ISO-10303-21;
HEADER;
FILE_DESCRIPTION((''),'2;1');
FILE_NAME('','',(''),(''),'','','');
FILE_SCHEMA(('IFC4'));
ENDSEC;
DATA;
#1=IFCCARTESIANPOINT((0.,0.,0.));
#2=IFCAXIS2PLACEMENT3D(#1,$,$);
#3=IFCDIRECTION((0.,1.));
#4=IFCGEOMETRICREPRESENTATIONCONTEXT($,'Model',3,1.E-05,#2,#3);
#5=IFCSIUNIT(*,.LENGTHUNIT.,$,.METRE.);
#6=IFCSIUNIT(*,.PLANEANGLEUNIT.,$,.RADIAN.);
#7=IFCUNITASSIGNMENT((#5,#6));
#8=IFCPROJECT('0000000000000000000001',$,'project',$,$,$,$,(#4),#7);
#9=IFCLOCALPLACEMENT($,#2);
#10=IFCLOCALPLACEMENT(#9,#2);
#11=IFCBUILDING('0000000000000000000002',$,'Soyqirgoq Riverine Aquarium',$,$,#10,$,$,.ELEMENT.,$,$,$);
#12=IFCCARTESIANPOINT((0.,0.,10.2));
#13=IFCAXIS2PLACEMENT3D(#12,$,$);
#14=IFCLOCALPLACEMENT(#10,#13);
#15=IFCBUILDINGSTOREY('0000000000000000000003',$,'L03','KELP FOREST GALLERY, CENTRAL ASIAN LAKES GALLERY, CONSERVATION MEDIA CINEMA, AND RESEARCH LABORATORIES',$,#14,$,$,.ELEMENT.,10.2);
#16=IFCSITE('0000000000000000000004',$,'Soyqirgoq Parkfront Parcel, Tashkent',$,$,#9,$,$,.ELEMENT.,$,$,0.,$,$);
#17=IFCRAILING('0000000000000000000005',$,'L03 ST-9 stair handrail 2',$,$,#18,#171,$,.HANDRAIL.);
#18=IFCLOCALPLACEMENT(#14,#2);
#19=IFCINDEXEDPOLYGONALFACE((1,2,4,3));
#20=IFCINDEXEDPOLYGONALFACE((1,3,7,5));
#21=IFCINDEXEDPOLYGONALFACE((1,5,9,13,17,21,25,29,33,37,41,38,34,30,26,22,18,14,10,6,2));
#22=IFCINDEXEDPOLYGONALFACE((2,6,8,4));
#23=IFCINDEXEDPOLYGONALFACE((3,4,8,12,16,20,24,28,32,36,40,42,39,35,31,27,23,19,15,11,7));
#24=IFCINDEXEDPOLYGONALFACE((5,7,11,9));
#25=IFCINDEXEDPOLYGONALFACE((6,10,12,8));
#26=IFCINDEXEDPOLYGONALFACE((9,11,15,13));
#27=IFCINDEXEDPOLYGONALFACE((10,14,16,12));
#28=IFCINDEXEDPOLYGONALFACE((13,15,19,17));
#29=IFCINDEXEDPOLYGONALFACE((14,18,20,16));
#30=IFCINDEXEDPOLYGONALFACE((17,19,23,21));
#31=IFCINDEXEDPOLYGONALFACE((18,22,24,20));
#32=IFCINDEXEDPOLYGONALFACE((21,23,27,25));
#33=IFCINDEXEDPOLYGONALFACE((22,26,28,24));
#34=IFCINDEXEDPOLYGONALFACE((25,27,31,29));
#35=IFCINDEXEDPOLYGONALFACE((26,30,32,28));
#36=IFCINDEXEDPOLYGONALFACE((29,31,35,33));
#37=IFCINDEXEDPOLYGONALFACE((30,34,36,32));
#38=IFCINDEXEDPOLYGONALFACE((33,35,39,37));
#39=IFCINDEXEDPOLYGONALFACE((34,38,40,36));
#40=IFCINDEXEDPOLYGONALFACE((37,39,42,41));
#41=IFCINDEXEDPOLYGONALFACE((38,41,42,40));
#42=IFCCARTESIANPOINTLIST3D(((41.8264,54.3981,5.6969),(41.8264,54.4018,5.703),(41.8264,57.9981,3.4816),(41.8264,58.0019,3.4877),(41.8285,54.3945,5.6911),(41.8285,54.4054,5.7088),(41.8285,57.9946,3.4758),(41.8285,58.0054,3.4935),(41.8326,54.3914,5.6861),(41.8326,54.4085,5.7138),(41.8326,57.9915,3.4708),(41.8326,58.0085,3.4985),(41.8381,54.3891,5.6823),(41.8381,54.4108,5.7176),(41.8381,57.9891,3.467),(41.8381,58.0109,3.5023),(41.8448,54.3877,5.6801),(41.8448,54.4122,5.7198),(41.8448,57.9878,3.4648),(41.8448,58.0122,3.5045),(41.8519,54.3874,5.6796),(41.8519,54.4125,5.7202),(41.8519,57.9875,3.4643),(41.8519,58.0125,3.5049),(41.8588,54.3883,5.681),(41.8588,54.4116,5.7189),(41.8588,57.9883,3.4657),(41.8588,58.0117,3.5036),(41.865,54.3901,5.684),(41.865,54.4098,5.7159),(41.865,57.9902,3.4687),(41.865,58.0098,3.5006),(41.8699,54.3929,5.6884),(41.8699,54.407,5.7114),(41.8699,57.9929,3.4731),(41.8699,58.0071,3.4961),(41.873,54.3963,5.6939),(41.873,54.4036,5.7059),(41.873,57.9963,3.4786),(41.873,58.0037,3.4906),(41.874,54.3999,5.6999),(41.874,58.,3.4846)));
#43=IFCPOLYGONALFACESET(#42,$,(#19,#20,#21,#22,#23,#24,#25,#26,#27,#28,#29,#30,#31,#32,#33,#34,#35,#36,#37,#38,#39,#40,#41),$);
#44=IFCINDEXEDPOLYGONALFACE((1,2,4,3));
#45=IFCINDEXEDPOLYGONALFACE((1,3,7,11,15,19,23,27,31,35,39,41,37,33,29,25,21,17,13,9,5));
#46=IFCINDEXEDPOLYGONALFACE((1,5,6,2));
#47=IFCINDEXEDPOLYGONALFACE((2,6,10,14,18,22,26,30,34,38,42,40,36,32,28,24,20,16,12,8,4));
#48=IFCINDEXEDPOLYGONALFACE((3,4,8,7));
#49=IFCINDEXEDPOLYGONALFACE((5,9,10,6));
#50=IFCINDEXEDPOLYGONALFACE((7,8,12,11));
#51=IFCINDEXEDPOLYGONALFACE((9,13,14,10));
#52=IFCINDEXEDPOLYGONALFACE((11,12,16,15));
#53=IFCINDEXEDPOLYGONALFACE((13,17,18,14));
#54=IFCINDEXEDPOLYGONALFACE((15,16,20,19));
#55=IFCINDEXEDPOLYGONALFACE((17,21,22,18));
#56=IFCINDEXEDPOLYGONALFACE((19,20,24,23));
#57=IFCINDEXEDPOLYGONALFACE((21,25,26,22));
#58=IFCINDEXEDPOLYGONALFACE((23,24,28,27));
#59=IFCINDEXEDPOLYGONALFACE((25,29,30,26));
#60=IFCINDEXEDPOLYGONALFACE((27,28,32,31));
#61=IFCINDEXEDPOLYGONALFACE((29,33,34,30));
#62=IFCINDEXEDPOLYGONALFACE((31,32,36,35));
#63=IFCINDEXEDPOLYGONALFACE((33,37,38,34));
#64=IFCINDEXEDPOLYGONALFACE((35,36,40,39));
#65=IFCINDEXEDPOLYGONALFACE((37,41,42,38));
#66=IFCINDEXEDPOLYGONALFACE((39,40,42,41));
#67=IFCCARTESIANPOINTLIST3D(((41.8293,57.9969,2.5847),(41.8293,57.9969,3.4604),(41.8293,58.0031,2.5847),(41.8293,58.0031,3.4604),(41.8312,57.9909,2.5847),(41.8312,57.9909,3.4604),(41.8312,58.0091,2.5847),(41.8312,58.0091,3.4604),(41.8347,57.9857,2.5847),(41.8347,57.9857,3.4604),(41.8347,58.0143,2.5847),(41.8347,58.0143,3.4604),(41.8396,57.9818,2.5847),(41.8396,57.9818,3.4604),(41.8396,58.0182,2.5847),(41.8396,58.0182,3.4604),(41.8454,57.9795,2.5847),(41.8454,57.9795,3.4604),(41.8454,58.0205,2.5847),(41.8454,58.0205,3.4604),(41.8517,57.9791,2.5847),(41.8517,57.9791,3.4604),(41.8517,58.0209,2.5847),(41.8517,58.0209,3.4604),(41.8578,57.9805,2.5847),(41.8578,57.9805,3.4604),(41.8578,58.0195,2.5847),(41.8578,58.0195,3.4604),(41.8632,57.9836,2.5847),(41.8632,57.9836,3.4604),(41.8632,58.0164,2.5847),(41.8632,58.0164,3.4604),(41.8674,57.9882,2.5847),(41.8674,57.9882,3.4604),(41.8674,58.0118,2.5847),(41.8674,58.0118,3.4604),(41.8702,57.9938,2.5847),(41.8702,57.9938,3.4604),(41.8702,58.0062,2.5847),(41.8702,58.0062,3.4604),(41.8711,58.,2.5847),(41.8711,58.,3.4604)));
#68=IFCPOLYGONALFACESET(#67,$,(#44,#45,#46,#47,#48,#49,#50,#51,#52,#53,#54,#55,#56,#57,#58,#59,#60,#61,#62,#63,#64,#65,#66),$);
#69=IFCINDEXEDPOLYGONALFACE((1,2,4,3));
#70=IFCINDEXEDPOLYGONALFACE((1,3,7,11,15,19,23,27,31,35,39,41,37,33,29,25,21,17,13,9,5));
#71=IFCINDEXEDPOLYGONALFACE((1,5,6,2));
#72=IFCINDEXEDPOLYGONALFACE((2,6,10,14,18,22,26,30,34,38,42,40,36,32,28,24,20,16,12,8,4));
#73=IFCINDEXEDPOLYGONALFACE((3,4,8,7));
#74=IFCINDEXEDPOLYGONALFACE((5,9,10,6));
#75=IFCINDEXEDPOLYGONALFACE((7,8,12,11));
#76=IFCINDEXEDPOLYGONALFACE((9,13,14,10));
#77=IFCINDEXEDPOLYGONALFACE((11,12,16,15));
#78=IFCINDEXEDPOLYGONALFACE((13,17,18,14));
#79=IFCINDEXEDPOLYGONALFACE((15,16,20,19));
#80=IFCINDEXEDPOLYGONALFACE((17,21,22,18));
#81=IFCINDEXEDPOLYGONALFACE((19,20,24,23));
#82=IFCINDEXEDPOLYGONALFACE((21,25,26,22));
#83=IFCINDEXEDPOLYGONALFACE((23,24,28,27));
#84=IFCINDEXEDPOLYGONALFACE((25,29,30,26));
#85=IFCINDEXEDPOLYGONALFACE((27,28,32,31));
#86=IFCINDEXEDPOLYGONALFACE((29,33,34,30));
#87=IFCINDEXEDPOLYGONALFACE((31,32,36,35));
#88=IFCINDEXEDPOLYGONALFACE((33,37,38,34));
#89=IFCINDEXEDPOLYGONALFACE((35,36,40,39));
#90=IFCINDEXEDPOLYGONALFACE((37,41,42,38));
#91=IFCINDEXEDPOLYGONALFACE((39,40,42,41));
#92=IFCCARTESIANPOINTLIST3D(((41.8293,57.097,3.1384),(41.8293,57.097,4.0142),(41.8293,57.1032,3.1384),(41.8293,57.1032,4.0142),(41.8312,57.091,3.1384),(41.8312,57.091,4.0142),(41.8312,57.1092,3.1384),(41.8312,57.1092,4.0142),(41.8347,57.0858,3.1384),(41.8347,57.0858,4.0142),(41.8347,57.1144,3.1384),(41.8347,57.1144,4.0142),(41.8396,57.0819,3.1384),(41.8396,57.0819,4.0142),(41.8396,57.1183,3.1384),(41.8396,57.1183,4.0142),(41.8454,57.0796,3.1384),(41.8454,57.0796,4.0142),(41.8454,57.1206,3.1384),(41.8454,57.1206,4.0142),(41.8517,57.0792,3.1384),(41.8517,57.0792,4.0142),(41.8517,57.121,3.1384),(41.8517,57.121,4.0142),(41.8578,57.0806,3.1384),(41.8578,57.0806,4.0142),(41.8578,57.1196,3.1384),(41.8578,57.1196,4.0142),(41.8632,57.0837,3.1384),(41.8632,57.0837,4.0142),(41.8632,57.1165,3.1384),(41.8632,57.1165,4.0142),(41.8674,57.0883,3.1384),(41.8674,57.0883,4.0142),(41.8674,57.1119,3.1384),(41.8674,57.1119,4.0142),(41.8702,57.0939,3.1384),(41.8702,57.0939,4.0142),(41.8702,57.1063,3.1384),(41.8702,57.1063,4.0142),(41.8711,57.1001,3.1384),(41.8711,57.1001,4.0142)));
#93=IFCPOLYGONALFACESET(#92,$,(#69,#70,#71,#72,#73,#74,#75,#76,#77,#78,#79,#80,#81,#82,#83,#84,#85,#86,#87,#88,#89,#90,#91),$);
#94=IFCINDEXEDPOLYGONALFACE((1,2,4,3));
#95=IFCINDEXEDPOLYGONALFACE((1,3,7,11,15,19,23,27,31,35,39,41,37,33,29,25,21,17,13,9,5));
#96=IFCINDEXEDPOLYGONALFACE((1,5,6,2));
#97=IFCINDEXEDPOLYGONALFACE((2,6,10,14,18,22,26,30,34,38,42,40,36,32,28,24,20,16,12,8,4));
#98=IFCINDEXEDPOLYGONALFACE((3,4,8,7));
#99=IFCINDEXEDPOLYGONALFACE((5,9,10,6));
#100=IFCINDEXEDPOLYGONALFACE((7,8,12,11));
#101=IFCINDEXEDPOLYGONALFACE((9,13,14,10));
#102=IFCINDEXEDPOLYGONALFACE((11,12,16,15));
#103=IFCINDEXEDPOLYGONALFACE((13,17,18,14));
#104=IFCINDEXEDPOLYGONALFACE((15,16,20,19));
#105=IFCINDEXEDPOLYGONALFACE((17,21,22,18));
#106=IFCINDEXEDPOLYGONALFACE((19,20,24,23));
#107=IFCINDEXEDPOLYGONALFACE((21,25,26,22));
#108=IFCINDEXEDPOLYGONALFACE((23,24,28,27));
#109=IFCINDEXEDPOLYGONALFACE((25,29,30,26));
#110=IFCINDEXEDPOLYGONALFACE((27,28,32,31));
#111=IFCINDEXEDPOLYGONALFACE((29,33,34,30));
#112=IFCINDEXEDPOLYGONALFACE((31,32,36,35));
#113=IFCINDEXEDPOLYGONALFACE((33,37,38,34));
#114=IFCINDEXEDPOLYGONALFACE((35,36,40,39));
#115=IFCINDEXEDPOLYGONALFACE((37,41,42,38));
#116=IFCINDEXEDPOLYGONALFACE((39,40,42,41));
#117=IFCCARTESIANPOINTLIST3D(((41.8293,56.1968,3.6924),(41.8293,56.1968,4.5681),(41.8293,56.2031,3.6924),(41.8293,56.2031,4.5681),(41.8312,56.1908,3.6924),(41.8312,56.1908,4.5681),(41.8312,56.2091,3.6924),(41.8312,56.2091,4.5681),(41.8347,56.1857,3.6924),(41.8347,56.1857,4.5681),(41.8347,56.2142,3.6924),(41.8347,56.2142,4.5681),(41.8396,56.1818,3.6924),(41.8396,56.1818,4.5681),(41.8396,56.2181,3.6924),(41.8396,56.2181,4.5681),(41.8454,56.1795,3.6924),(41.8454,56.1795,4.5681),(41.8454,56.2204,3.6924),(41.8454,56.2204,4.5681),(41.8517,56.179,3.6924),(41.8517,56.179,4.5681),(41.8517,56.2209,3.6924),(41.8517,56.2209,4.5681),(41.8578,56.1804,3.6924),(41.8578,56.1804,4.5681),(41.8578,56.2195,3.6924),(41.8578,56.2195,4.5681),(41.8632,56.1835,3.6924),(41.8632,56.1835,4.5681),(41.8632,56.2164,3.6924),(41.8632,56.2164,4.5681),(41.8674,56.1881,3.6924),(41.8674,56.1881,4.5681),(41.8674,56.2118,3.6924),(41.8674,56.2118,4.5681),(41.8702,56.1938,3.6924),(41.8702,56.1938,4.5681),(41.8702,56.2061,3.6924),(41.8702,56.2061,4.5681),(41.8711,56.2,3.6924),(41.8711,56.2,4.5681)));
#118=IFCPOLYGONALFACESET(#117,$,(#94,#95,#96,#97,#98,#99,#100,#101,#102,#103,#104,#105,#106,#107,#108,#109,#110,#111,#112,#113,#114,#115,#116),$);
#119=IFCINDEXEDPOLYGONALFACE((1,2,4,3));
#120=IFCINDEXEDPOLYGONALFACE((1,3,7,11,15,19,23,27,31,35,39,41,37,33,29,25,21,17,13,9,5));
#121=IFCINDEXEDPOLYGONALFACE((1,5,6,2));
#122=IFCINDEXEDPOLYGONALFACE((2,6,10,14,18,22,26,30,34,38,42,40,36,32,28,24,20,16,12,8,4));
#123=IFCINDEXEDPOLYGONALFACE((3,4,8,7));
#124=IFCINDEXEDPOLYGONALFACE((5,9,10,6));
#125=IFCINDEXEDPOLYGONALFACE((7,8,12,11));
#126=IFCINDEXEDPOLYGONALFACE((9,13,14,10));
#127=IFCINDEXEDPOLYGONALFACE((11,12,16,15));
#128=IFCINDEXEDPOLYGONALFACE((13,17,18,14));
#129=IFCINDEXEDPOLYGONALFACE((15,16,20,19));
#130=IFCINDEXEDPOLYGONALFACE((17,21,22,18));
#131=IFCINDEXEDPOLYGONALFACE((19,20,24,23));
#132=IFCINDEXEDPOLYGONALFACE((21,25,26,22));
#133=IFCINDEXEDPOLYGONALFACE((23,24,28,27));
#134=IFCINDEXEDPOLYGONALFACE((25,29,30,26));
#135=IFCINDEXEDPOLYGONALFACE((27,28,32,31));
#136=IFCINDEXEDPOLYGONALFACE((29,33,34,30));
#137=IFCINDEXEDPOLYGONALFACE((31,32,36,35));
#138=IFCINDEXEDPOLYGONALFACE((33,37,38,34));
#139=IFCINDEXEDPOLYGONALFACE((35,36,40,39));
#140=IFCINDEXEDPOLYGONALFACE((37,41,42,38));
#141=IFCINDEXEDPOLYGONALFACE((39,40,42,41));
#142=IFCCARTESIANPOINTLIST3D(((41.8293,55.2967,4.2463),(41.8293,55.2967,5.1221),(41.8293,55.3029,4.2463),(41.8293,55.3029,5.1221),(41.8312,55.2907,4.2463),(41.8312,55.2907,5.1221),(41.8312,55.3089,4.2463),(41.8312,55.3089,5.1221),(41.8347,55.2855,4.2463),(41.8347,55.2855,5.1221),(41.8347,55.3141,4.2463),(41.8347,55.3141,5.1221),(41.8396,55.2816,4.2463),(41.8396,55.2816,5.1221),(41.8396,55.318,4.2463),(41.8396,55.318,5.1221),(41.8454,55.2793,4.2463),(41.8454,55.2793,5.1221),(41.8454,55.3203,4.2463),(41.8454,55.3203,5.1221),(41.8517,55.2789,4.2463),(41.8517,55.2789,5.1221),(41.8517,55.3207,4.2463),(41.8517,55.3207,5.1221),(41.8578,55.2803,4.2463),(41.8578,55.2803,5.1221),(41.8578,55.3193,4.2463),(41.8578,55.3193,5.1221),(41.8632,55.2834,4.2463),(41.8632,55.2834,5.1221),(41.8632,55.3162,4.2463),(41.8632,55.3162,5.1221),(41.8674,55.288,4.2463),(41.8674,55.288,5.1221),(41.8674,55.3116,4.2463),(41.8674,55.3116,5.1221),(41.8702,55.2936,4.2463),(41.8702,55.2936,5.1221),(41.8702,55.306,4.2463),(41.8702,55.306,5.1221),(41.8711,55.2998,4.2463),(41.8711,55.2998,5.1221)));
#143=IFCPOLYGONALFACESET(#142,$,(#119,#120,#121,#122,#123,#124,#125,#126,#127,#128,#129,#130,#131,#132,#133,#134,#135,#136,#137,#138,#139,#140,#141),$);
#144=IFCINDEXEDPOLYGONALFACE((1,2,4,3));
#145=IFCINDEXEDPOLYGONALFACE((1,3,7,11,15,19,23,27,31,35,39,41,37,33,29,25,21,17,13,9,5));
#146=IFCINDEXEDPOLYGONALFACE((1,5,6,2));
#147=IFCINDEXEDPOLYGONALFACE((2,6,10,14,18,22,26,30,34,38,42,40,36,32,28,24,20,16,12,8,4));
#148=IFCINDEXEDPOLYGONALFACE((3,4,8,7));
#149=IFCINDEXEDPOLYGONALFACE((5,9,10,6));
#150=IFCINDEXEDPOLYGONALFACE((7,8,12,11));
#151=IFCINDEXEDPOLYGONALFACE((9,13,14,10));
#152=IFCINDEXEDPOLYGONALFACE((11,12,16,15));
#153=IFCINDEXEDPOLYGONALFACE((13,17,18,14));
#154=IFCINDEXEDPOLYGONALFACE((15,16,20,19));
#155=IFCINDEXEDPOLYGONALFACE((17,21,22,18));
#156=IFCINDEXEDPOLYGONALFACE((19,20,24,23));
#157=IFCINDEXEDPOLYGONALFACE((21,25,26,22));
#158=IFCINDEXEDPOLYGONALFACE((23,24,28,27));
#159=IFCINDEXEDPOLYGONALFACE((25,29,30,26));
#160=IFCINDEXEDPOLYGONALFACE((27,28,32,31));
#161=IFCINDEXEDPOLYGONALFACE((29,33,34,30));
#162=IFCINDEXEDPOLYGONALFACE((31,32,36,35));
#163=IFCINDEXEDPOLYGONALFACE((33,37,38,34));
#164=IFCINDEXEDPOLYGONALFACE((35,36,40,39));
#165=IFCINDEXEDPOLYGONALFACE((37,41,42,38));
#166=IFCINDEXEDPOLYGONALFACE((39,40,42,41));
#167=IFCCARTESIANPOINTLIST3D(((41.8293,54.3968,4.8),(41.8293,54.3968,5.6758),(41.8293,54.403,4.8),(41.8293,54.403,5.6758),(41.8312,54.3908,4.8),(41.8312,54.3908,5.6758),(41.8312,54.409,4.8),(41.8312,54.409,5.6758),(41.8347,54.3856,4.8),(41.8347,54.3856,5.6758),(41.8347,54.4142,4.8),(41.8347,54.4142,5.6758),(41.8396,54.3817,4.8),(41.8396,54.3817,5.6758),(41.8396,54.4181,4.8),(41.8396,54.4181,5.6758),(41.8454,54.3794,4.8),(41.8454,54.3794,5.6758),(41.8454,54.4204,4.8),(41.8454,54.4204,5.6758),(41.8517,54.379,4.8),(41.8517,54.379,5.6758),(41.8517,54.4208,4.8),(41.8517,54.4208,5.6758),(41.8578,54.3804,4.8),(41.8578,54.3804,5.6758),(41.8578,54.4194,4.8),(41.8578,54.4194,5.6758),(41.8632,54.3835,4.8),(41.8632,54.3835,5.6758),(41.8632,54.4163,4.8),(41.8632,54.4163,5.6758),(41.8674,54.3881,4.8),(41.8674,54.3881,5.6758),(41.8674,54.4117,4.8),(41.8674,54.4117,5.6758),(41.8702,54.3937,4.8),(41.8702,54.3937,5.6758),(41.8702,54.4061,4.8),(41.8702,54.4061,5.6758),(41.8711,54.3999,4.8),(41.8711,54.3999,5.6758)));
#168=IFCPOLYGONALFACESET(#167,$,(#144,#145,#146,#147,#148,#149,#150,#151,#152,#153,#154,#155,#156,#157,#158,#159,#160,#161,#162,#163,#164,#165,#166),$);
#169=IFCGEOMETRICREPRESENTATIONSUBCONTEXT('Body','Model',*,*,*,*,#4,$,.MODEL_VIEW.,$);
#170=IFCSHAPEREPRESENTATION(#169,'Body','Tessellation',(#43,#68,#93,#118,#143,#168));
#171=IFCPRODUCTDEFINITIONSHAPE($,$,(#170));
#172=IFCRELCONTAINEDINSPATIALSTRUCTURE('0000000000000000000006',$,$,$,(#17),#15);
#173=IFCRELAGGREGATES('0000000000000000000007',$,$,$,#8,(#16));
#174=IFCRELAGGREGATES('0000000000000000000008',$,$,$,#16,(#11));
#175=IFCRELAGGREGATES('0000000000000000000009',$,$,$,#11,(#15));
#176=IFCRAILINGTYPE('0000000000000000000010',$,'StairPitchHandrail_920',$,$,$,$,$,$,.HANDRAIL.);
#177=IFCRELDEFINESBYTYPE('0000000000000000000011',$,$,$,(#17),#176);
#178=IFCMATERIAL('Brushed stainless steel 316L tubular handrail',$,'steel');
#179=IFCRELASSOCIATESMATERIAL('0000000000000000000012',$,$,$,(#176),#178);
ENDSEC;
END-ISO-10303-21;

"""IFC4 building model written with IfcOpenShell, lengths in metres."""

from ifc_helpers import new_model, si_unit, direction, frame, origin, origin_2d, place, context, subcontext, project, spatial, circle, extrude, material, type_object, element, save


model = new_model("IFC4")

# Units and contexts
model_context = context("Model", 3, precision=1e-05, world=origin(), true_north=direction((0.0, 1.0)))
body_context = subcontext(model_context, "Body", "Model", "MODEL_VIEW")
ifc_project = project(units=[si_unit("LENGTHUNIT", "METRE"), si_unit("PLANEANGLEUNIT", "RADIAN")], contexts=[model_context])

# Site, building, storey
site_placement = place(None, origin())
site = spatial("IfcSite", under=ifc_project, at=site_placement, Name="Soyqirgoq Parkfront Parcel, Tashkent", CompositionType="ELEMENT", RefElevation=0.0)
building_placement = place(site_placement, origin())
building = spatial("IfcBuilding", under=site, at=building_placement, Name="Soyqirgoq Riverine Aquarium", CompositionType="ELEMENT")
storey_placement = place(building_placement, frame((0.0, 0.0, 10.2)))
storey = spatial("IfcBuildingStorey", under=building, at=storey_placement, Name="L03", Description="KELP FOREST GALLERY, CENTRAL ASIAN LAKES GALLERY, CONSERVATION MEDIA CINEMA, AND RESEARCH LABORATORIES", CompositionType="ELEMENT", Elevation=10.2)

# Railing
ifc_material_1 = material(Name="Brushed stainless steel 316L tubular handrail", Category="steel")
railing_type = type_object("IfcRailingType", Name="StairPitchHandrail_920", PredefinedType="HANDRAIL", material=ifc_material_1)
railing_placement = place(storey_placement, frame((41.8501, 58.0, 2.5847)))
element("IfcRailing", 1, at=railing_placement, inside=storey, type_object=railing_type, Name="L03 ST-9 stair handrail 2", PredefinedType="HANDRAIL", context=body_context, shape_type="SweptSolid", body=[
    extrude(circle(Radius=0.0239, at=origin_2d()), frame((0.0, 0.0, 0.8999), z_axis=(0.0, -0.85167, 0.524078), x_axis=(1.0, 0.0, 0.0)), (0.0, 0.0, 1.0), 4.2271),
    extrude(circle(Radius=0.021, at=origin_2d()), origin(), (0.0, 0.0, 1.0), 0.8757),
    extrude(circle(Radius=0.021, at=origin_2d()), frame((0.0, -0.8999, 0.5537)), (0.0, 0.0, 1.0), 0.8757),
    extrude(circle(Radius=0.021, at=origin_2d()), frame((0.0, -1.8, 1.1077)), (0.0, 0.0, 1.0), 0.8757),
    extrude(circle(Radius=0.021, at=origin_2d()), frame((0.0, -2.7002, 1.6616)), (0.0, 0.0, 1.0), 0.8757),
    extrude(circle(Radius=0.021, at=origin_2d()), frame((0.0, -3.6001, 2.2153)), (0.0, 0.0, 1.0), 0.8757),
])

save(model, "model.ifc")
